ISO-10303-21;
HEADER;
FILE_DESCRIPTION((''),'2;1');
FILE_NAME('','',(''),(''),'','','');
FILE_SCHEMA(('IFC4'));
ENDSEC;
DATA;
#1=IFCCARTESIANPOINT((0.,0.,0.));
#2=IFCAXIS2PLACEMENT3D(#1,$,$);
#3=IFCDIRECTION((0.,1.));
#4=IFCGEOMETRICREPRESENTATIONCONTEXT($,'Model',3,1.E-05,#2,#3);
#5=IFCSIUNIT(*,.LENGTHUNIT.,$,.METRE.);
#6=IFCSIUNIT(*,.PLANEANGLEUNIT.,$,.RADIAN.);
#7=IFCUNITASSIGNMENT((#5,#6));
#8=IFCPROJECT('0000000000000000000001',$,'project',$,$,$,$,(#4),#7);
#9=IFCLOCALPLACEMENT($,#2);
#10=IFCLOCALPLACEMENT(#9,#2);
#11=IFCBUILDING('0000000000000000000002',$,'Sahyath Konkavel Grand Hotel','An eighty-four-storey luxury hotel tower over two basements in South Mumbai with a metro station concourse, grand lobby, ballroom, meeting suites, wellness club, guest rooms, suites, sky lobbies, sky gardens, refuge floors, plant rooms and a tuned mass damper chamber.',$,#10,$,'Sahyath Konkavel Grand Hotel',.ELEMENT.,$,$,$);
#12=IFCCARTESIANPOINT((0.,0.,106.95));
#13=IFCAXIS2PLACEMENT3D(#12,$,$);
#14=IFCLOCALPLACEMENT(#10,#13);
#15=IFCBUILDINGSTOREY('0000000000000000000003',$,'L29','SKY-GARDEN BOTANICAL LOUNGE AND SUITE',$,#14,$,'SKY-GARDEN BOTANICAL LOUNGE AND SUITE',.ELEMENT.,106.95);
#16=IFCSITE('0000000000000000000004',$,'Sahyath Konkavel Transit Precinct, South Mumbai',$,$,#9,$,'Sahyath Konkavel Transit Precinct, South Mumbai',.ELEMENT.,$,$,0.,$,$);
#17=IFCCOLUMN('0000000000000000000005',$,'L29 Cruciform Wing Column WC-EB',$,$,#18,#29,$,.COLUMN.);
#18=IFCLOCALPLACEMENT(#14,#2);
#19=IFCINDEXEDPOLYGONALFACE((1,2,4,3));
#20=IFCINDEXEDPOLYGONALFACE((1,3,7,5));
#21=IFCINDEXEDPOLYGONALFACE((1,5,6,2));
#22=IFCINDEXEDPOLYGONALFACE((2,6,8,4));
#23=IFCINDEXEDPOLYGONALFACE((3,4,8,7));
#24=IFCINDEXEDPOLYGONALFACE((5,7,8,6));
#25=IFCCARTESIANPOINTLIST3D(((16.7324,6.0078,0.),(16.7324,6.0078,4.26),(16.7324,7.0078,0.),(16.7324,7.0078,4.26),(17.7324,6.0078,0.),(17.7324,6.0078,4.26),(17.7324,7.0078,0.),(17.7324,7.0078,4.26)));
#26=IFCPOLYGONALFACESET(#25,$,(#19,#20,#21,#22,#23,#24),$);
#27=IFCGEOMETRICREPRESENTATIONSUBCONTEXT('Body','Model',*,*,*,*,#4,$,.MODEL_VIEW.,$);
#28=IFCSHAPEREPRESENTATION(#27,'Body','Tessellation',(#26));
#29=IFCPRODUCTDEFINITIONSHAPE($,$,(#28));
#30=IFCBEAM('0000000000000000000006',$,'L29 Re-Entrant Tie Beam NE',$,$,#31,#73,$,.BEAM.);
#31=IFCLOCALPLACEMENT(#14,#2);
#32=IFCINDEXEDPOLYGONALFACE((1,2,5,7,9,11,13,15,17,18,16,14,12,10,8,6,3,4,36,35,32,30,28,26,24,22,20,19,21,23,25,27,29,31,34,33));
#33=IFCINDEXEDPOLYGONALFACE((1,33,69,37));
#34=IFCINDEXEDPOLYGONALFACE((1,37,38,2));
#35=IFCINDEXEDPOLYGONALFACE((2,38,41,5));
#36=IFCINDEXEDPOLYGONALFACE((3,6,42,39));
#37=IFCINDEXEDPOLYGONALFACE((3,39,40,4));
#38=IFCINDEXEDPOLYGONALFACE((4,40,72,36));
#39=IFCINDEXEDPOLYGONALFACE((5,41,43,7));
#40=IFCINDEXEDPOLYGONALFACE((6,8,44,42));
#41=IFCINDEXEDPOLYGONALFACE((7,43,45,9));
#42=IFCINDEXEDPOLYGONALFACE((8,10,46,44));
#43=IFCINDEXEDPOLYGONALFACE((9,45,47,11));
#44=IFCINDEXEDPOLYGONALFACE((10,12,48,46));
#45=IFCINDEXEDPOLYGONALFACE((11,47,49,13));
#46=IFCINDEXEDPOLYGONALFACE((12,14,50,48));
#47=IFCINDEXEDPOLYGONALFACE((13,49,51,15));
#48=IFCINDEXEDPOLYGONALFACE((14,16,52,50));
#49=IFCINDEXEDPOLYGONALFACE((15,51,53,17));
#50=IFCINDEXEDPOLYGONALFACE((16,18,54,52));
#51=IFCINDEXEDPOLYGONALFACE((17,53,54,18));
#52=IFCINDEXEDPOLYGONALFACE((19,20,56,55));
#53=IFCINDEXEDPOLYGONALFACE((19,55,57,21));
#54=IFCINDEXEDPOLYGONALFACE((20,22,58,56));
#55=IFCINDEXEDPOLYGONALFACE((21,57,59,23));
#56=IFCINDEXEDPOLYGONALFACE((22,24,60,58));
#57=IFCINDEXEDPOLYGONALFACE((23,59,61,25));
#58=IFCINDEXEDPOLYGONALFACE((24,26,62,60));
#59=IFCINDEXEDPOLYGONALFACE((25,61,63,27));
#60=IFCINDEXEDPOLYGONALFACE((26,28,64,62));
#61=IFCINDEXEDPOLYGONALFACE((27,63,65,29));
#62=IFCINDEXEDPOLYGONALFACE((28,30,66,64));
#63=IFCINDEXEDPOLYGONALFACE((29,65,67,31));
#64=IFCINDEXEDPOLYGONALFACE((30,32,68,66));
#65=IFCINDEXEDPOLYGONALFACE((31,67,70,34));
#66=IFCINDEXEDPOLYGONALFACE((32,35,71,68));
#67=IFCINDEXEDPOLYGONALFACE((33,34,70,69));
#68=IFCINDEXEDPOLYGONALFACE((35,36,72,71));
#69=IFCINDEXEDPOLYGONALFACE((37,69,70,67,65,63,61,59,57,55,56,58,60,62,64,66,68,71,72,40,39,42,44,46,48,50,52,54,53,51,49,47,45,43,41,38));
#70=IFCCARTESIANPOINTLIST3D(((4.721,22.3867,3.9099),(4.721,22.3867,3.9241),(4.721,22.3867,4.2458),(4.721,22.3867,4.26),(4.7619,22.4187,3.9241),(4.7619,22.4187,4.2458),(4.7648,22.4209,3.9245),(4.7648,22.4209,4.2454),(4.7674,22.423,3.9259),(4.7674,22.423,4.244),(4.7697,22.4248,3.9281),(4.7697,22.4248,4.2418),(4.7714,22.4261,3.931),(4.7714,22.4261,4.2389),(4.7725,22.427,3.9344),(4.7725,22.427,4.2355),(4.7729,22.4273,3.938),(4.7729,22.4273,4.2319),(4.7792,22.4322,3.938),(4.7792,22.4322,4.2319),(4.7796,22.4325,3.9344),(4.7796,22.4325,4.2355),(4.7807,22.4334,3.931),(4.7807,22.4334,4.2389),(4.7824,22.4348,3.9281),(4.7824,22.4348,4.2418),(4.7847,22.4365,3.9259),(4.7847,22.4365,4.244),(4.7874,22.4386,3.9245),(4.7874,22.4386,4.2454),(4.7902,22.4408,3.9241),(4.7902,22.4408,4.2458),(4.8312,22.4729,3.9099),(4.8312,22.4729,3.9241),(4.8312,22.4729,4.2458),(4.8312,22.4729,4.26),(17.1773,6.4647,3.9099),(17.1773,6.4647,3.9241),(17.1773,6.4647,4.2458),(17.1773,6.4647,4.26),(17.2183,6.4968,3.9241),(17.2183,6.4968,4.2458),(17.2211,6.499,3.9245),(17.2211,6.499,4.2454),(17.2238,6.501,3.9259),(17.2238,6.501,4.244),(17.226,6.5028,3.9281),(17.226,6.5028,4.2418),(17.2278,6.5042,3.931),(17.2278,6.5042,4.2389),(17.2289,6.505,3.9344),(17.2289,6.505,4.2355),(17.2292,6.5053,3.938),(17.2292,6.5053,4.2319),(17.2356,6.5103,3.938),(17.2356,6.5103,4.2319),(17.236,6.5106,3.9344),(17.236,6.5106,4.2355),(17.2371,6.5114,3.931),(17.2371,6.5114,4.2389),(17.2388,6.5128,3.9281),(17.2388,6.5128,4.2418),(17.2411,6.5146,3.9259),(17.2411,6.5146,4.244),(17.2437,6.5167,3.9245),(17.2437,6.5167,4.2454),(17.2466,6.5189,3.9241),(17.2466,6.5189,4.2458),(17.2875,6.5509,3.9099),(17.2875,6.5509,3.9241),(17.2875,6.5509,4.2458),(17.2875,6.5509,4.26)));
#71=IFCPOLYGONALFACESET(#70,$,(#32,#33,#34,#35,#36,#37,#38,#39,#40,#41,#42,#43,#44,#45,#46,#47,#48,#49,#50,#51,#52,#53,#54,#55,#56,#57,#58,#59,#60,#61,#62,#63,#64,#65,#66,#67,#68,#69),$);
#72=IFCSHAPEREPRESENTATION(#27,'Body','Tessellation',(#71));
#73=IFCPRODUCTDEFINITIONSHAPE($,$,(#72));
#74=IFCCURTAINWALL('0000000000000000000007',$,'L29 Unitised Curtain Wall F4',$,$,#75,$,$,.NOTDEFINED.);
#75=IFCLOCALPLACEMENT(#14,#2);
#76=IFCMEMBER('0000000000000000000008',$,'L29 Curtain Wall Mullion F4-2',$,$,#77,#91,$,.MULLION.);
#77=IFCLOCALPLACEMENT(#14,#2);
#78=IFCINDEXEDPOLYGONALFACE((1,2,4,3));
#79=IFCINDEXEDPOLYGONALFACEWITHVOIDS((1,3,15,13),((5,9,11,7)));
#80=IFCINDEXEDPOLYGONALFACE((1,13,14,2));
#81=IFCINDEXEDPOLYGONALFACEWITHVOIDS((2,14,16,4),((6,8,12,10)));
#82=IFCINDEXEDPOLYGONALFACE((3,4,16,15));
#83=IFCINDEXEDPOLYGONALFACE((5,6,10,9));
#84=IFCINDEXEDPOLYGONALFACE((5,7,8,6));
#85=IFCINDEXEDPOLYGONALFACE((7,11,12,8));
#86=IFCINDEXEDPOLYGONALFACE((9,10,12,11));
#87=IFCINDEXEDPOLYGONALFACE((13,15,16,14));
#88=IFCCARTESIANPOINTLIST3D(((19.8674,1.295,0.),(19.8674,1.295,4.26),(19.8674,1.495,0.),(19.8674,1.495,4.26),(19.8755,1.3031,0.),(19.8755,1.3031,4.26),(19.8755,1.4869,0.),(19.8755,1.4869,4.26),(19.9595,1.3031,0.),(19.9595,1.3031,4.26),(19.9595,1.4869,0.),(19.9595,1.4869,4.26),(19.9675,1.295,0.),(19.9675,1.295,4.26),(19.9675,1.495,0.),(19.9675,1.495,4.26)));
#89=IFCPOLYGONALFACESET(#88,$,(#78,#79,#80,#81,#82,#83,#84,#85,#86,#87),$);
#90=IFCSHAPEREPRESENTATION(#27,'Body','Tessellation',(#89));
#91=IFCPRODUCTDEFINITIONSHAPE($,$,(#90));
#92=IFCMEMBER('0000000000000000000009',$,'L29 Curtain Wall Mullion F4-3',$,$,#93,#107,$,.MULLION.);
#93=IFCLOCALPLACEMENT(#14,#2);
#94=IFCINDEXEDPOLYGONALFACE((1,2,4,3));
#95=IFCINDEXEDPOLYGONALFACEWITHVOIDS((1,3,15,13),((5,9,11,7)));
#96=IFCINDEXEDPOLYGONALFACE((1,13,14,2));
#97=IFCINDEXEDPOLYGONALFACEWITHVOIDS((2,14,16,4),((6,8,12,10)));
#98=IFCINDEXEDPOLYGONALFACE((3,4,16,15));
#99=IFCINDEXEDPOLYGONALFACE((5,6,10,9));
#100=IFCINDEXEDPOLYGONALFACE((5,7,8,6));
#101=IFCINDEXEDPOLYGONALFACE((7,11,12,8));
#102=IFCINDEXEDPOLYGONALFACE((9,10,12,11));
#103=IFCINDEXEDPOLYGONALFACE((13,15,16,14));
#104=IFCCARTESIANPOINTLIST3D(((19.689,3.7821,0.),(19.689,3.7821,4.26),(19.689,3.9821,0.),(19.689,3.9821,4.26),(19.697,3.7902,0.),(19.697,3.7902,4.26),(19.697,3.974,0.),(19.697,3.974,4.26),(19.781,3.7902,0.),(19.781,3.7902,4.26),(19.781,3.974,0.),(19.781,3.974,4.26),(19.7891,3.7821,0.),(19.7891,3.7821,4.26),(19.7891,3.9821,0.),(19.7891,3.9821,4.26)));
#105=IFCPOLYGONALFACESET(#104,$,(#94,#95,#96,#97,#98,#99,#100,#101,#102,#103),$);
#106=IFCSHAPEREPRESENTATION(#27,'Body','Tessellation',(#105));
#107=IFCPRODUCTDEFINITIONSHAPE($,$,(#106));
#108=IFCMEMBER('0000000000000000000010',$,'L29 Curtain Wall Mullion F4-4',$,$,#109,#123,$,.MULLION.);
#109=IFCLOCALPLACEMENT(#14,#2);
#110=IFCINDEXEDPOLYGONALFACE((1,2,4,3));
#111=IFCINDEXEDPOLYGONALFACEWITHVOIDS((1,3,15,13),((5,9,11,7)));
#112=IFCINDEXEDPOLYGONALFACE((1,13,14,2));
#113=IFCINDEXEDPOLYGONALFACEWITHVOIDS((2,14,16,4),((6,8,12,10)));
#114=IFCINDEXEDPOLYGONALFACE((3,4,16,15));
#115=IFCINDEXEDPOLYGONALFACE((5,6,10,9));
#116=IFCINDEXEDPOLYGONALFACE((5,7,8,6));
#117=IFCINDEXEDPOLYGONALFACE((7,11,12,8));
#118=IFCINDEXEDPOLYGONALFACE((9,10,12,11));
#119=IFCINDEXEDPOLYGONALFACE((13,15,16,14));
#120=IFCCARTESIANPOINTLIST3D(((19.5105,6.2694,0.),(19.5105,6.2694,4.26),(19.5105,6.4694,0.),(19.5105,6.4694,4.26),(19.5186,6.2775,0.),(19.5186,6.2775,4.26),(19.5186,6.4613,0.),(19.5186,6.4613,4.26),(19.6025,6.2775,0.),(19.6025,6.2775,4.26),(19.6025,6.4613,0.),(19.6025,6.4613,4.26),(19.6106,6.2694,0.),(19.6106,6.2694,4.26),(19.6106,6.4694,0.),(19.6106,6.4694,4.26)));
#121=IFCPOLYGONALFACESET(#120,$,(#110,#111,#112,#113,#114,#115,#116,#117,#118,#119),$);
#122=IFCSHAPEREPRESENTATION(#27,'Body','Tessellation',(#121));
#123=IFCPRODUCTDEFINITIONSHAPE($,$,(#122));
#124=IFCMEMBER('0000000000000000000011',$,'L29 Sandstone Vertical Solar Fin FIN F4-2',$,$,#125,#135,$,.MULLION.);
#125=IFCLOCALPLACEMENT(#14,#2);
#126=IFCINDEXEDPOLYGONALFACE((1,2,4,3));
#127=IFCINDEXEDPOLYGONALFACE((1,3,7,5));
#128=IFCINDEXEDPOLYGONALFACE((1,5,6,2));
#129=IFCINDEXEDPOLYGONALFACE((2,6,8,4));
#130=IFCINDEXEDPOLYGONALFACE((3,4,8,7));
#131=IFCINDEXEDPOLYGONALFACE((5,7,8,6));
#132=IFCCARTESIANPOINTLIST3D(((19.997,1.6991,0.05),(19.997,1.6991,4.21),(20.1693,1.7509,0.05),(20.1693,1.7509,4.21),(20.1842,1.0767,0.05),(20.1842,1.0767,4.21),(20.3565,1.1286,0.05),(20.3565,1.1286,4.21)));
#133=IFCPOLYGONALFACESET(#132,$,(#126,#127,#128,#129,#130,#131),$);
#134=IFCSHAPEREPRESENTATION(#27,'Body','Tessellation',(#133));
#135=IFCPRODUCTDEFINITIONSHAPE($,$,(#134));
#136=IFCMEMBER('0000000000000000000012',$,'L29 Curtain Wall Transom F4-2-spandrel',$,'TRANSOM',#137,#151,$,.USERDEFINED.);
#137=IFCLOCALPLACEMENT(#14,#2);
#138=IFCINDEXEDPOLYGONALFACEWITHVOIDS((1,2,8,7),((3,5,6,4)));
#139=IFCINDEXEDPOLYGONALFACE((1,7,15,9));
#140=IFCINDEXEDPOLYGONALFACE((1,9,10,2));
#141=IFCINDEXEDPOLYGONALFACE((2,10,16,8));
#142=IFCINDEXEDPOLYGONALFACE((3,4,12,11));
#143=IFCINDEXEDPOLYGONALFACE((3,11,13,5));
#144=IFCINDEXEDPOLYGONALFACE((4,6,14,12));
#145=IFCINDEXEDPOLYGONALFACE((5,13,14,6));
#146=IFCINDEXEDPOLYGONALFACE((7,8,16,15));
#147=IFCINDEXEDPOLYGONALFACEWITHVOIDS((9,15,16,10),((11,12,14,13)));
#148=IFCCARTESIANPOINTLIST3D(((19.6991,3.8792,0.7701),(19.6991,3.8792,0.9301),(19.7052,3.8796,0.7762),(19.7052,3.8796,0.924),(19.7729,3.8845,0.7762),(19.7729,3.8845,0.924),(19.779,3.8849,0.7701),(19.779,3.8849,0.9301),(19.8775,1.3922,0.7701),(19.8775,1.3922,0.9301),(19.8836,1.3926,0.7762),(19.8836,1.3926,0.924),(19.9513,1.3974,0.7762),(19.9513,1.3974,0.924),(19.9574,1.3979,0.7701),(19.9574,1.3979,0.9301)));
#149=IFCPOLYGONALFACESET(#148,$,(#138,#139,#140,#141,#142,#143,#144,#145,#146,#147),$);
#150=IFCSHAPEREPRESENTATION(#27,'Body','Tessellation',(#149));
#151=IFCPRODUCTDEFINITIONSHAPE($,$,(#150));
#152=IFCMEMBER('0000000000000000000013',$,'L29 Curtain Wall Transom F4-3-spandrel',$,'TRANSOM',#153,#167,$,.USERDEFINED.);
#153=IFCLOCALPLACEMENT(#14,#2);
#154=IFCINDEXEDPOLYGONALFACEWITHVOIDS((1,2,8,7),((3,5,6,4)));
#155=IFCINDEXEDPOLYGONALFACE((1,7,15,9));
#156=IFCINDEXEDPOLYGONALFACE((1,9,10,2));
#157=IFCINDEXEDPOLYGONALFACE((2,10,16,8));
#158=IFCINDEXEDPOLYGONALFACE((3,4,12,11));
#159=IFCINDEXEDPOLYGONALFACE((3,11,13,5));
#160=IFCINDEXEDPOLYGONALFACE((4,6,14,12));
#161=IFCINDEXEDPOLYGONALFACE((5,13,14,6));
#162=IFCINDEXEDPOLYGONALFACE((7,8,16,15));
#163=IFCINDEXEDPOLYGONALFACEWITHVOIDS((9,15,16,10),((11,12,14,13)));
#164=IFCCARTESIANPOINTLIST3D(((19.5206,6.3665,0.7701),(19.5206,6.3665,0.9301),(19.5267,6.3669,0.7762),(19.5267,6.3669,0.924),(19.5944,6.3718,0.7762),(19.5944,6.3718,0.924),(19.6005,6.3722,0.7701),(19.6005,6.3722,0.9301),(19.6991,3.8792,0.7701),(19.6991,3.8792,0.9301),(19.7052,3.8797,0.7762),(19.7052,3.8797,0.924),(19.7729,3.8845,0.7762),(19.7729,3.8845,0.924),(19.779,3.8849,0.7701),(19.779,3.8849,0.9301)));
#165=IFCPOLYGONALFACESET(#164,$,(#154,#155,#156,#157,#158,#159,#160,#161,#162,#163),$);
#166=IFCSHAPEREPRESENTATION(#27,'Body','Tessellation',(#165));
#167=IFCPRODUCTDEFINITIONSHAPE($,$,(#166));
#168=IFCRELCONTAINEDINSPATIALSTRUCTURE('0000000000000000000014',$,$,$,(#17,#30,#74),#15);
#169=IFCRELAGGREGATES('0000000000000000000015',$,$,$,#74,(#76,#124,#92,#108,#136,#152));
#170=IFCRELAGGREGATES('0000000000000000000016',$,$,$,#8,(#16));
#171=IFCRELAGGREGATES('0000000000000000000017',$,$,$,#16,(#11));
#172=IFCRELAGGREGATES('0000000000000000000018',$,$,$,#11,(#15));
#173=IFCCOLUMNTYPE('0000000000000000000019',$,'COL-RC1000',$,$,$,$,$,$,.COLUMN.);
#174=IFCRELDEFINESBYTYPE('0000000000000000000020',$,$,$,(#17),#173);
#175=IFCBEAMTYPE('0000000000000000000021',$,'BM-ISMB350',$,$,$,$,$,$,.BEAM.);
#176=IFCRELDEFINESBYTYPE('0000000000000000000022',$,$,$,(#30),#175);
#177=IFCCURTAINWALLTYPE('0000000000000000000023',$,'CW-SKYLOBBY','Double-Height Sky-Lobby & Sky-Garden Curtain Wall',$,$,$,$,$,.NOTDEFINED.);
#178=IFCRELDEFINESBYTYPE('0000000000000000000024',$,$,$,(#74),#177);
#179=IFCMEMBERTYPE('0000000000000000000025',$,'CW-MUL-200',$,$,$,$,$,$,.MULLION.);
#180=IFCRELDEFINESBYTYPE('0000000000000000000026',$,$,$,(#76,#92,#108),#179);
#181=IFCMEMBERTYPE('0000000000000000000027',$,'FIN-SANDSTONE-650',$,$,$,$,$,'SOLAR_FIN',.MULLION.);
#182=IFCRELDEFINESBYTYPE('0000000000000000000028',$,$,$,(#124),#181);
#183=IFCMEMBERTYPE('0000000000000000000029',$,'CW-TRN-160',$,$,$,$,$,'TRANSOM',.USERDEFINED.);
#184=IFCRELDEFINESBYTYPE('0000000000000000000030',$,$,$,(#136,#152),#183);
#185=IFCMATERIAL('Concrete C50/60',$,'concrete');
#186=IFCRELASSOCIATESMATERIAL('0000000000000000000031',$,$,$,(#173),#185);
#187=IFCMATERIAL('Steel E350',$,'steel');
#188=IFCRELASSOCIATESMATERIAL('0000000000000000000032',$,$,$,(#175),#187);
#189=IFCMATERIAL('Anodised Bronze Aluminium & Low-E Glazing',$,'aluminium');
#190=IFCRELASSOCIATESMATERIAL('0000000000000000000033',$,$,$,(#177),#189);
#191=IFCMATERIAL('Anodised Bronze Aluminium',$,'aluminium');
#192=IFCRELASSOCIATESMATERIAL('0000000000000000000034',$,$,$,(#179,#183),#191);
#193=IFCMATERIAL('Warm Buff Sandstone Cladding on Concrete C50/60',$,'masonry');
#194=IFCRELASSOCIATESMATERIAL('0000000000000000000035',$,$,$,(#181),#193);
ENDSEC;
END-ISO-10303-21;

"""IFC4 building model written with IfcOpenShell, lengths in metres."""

from ifc_helpers import new_model, si_unit, direction, frame, origin, origin_2d, place, context, subcontext, project, spatial, rectangle, hollow_rectangle, i_section, extrude, source, transform, mapped, material, material_profile, profile_set, type_object, element, aggregate, save


model = new_model("IFC4")

# Units and contexts
model_context = context("Model", 3, precision=1e-05, world=origin(), true_north=direction((0.0, 1.0)))
body_context = subcontext(model_context, "Body", "Model", "MODEL_VIEW")
ifc_project = project(units=[si_unit("LENGTHUNIT", "METRE"), si_unit("PLANEANGLEUNIT", "RADIAN")], contexts=[model_context])

# Site, building, storey
site_placement = place(None, origin())
site = spatial("IfcSite", under=ifc_project, at=site_placement, Name="Sahyath Konkavel Transit Precinct, South Mumbai", LongName="Sahyath Konkavel Transit Precinct, South Mumbai", CompositionType="ELEMENT", RefElevation=0.0)
building_placement = place(site_placement, origin())
building = spatial("IfcBuilding", under=site, at=building_placement, Name="Sahyath Konkavel Grand Hotel", Description="An eighty-four-storey luxury hotel tower over two basements in South Mumbai with a metro station concourse, grand lobby, ballroom, meeting suites, wellness club, guest rooms, suites, sky lobbies, sky gardens, refuge floors, plant rooms and a tuned mass damper chamber.", LongName="Sahyath Konkavel Grand Hotel", CompositionType="ELEMENT")
storey_placement = place(building_placement, frame((0.0, 0.0, 106.95)))
storey = spatial("IfcBuildingStorey", under=building, at=storey_placement, Name="L29", Description="SKY-GARDEN BOTANICAL LOUNGE AND SUITE", LongName="SKY-GARDEN BOTANICAL LOUNGE AND SUITE", CompositionType="ELEMENT", Elevation=106.95)

# Column
ifc_material_1 = material(Name="Concrete C50/60", Category="concrete")
ifc_material_profile_1 = material_profile(ifc_material_1, rectangle(XDim=1.0, YDim=1.0, at=origin_2d()), Name="RC 1000x1000")
ifc_profile_set_1 = profile_set([ifc_material_profile_1], Name="Concrete C50/60")
column_type = type_object("IfcColumnType", Name="COL-RC1000", PredefinedType="COLUMN", material=ifc_profile_set_1)
shared_shape_1 = source(origin(), body_context, "Body", "SweptSolid", [
    extrude(rectangle(XDim=1.0, YDim=1.0, at=origin_2d()), origin(), (0.0, 0.0, 1.0), 4.26),
])
column_placement = place(storey_placement, frame((17.2324, 6.5078, 0.0), z_axis=(0.0, 0.0, 1.0), x_axis=(1.0, 0.0, 0.0)))
element("IfcColumn", 1, at=column_placement, inside=storey, type_object=column_type, Name="L29 Cruciform Wing Column WC-EB", PredefinedType="COLUMN", context=body_context, shape_type="MappedRepresentation", body=[
    mapped(shared_shape_1, transform((0.0, 0.0, 0.0), scale=1.0)),
])

# Beam
ifc_material_2 = material(Name="Steel E350", Category="steel")
ifc_material_profile_2 = material_profile(ifc_material_2, i_section(OverallWidth=0.1399, OverallDepth=0.3501, WebThickness=0.0081, FlangeThickness=0.0142, FilletRadius=0.0139, at=origin_2d()), Name="ISMB 350")
ifc_profile_set_2 = profile_set([ifc_material_profile_2], Name="Steel E350")
beam_type_1 = type_object("IfcBeamType", Name="BM-ISMB350", PredefinedType="BEAM", material=ifc_profile_set_2)
shared_shape_2 = source(origin(), body_context, "Body", "SweptSolid", [
    extrude(i_section(OverallWidth=0.1399, OverallDepth=0.3501, WebThickness=0.0081, FlangeThickness=0.0142, FilletRadius=0.0139, at=origin_2d()), origin(), (0.0, 0.0, 1.0), 20.2156),
])
beam_1_placement = place(storey_placement, frame((17.2324, 6.5078, 4.085), z_axis=(-0.616176, 0.787608, 0.0), x_axis=(-0.787608, -0.616176, 0.0)))
element("IfcBeam", 2, at=beam_1_placement, inside=storey, type_object=beam_type_1, Name="L29 Re-Entrant Tie Beam NE", PredefinedType="BEAM", context=body_context, shape_type="MappedRepresentation", body=[
    mapped(shared_shape_2, transform((0.0, 0.0, 0.0), scale=1.0)),
])

# Curtain wall, members
ifc_material_3 = material(Name="Anodised Bronze Aluminium & Low-E Glazing", Category="aluminium")
curtain_wall_type = type_object("IfcCurtainWallType", Name="CW-SKYLOBBY", Description="Double-Height Sky-Lobby & Sky-Garden Curtain Wall", PredefinedType="NOTDEFINED", material=ifc_material_3)
curtain_wall_placement = place(storey_placement, origin())
curtain_wall = element("IfcCurtainWall", 3, at=curtain_wall_placement, inside=storey, type_object=curtain_wall_type, Name="L29 Unitised Curtain Wall F4", PredefinedType="NOTDEFINED")
ifc_material_4 = material(Name="Anodised Bronze Aluminium", Category="aluminium")
ifc_material_profile_3 = material_profile(ifc_material_4, hollow_rectangle(XDim=0.1001, YDim=0.2, WallThickness=0.0081, at=origin_2d()), Name="RHS 200x100x8")
ifc_profile_set_3 = profile_set([ifc_material_profile_3], Name="Anodised Bronze Aluminium")
member_type_1 = type_object("IfcMemberType", Name="CW-MUL-200", PredefinedType="MULLION", material=ifc_profile_set_3)
shared_shape_3 = source(origin(), body_context, "Body", "SweptSolid", [
    extrude(hollow_rectangle(XDim=0.1001, YDim=0.2, WallThickness=0.0081, at=origin_2d()), origin(), (0.0, 0.0, 1.0), 4.26),
])
member_1_placement = place(storey_placement, frame((19.9175, 1.395, 0.0), z_axis=(0.0, 0.0, 1.0), x_axis=(1.0, 0.0, 0.0)))
member_1 = element("IfcMember", 4, at=member_1_placement, type_object=member_type_1, Name="L29 Curtain Wall Mullion F4-2", PredefinedType="MULLION", context=body_context, shape_type="MappedRepresentation", body=[
    mapped(shared_shape_3, transform((0.0, 0.0, 0.0), scale=1.0)),
])
member_2_placement = place(storey_placement, frame((19.739, 3.8821, 0.0), z_axis=(0.0, 0.0, 1.0), x_axis=(1.0, 0.0, 0.0)))
member_2 = element("IfcMember", 5, at=member_2_placement, type_object=member_type_1, Name="L29 Curtain Wall Mullion F4-3", PredefinedType="MULLION", context=body_context, shape_type="MappedRepresentation", body=[
    mapped(shared_shape_3, transform((0.0, 0.0, 0.0), scale=1.0)),
])
member_3_placement = place(storey_placement, frame((19.5605, 6.3694, 0.0), z_axis=(0.0, 0.0, 1.0), x_axis=(1.0, 0.0, 0.0)))
member_3 = element("IfcMember", 6, at=member_3_placement, type_object=member_type_1, Name="L29 Curtain Wall Mullion F4-4", PredefinedType="MULLION", context=body_context, shape_type="MappedRepresentation", body=[
    mapped(shared_shape_3, transform((0.0, 0.0, 0.0), scale=1.0)),
])
ifc_material_5 = material(Name="Warm Buff Sandstone Cladding on Concrete C50/60", Category="masonry")
ifc_material_profile_4 = material_profile(ifc_material_5, rectangle(XDim=0.1799, YDim=0.6499, at=origin_2d()), Name="FIN 180x650")
ifc_profile_set_4 = profile_set([ifc_material_profile_4], Name="Warm Buff Sandstone Cladding on Concrete C50/60")
member_type_2 = type_object("IfcMemberType", Name="FIN-SANDSTONE-650", ElementType="SOLAR_FIN", PredefinedType="MULLION", material=ifc_profile_set_4)
shared_shape_4 = source(origin(), body_context, "Body", "SweptSolid", [
    extrude(rectangle(XDim=0.1799, YDim=0.6499, at=origin_2d()), origin(), (0.0, 0.0, 1.0), 4.1599),
])
member_4_placement = place(storey_placement, frame((20.1768, 1.4138, 0.05), z_axis=(0.0, 0.0, 1.0), x_axis=(0.957622, 0.288029, 0.0)))
member_4 = element("IfcMember", 7, at=member_4_placement, type_object=member_type_2, Name="L29 Sandstone Vertical Solar Fin FIN F4-2", PredefinedType="MULLION", context=body_context, shape_type="MappedRepresentation", body=[
    mapped(shared_shape_4, transform((0.0, 0.0, 0.0), scale=1.0)),
])
ifc_material_profile_5 = material_profile(ifc_material_4, hollow_rectangle(XDim=0.0801, YDim=0.1599, WallThickness=0.0061, at=origin_2d()), Name="RHS 160x80x6")
ifc_profile_set_5 = profile_set([ifc_material_profile_5], Name="Anodised Bronze Aluminium")
member_type_3 = type_object("IfcMemberType", Name="CW-TRN-160", ElementType="TRANSOM", PredefinedType="USERDEFINED", material=ifc_profile_set_5)
shared_shape_5 = source(origin(), body_context, "Body", "SweptSolid", [
    extrude(hollow_rectangle(XDim=0.0801, YDim=0.1599, WallThickness=0.0061, at=origin_2d()), origin(), (0.0, 0.0, 1.0), 2.4934),
])
member_5_placement = place(storey_placement, frame((19.9175, 1.395, 0.8501), z_axis=(-0.071574, 0.997435, 0.0), x_axis=(-0.997435, -0.071574, 0.0)))
member_5 = element("IfcMember", 8, at=member_5_placement, type_object=member_type_3, Name="L29 Curtain Wall Transom F4-2-spandrel", ObjectType="TRANSOM", PredefinedType="USERDEFINED", context=body_context, shape_type="MappedRepresentation", body=[
    mapped(shared_shape_5, transform((0.0, 0.0, 0.0), scale=1.0)),
])
shared_shape_6 = source(origin(), body_context, "Body", "SweptSolid", [
    extrude(hollow_rectangle(XDim=0.0801, YDim=0.1599, WallThickness=0.0061, at=origin_2d()), origin(), (0.0, 0.0, 1.0), 2.4937),
])
member_6_placement = place(storey_placement, frame((19.739, 3.8821, 0.8501), z_axis=(-0.071567, 0.997436, 0.0), x_axis=(-0.997436, -0.071567, 0.0)))
member_6 = element("IfcMember", 9, at=member_6_placement, type_object=member_type_3, Name="L29 Curtain Wall Transom F4-3-spandrel", ObjectType="TRANSOM", PredefinedType="USERDEFINED", context=body_context, shape_type="MappedRepresentation", body=[
    mapped(shared_shape_6, transform((0.0, 0.0, 0.0), scale=1.0)),
])

aggregate(curtain_wall, [member_1, member_4, member_2, member_3, member_5, member_6])

save(model, "model.ifc")
